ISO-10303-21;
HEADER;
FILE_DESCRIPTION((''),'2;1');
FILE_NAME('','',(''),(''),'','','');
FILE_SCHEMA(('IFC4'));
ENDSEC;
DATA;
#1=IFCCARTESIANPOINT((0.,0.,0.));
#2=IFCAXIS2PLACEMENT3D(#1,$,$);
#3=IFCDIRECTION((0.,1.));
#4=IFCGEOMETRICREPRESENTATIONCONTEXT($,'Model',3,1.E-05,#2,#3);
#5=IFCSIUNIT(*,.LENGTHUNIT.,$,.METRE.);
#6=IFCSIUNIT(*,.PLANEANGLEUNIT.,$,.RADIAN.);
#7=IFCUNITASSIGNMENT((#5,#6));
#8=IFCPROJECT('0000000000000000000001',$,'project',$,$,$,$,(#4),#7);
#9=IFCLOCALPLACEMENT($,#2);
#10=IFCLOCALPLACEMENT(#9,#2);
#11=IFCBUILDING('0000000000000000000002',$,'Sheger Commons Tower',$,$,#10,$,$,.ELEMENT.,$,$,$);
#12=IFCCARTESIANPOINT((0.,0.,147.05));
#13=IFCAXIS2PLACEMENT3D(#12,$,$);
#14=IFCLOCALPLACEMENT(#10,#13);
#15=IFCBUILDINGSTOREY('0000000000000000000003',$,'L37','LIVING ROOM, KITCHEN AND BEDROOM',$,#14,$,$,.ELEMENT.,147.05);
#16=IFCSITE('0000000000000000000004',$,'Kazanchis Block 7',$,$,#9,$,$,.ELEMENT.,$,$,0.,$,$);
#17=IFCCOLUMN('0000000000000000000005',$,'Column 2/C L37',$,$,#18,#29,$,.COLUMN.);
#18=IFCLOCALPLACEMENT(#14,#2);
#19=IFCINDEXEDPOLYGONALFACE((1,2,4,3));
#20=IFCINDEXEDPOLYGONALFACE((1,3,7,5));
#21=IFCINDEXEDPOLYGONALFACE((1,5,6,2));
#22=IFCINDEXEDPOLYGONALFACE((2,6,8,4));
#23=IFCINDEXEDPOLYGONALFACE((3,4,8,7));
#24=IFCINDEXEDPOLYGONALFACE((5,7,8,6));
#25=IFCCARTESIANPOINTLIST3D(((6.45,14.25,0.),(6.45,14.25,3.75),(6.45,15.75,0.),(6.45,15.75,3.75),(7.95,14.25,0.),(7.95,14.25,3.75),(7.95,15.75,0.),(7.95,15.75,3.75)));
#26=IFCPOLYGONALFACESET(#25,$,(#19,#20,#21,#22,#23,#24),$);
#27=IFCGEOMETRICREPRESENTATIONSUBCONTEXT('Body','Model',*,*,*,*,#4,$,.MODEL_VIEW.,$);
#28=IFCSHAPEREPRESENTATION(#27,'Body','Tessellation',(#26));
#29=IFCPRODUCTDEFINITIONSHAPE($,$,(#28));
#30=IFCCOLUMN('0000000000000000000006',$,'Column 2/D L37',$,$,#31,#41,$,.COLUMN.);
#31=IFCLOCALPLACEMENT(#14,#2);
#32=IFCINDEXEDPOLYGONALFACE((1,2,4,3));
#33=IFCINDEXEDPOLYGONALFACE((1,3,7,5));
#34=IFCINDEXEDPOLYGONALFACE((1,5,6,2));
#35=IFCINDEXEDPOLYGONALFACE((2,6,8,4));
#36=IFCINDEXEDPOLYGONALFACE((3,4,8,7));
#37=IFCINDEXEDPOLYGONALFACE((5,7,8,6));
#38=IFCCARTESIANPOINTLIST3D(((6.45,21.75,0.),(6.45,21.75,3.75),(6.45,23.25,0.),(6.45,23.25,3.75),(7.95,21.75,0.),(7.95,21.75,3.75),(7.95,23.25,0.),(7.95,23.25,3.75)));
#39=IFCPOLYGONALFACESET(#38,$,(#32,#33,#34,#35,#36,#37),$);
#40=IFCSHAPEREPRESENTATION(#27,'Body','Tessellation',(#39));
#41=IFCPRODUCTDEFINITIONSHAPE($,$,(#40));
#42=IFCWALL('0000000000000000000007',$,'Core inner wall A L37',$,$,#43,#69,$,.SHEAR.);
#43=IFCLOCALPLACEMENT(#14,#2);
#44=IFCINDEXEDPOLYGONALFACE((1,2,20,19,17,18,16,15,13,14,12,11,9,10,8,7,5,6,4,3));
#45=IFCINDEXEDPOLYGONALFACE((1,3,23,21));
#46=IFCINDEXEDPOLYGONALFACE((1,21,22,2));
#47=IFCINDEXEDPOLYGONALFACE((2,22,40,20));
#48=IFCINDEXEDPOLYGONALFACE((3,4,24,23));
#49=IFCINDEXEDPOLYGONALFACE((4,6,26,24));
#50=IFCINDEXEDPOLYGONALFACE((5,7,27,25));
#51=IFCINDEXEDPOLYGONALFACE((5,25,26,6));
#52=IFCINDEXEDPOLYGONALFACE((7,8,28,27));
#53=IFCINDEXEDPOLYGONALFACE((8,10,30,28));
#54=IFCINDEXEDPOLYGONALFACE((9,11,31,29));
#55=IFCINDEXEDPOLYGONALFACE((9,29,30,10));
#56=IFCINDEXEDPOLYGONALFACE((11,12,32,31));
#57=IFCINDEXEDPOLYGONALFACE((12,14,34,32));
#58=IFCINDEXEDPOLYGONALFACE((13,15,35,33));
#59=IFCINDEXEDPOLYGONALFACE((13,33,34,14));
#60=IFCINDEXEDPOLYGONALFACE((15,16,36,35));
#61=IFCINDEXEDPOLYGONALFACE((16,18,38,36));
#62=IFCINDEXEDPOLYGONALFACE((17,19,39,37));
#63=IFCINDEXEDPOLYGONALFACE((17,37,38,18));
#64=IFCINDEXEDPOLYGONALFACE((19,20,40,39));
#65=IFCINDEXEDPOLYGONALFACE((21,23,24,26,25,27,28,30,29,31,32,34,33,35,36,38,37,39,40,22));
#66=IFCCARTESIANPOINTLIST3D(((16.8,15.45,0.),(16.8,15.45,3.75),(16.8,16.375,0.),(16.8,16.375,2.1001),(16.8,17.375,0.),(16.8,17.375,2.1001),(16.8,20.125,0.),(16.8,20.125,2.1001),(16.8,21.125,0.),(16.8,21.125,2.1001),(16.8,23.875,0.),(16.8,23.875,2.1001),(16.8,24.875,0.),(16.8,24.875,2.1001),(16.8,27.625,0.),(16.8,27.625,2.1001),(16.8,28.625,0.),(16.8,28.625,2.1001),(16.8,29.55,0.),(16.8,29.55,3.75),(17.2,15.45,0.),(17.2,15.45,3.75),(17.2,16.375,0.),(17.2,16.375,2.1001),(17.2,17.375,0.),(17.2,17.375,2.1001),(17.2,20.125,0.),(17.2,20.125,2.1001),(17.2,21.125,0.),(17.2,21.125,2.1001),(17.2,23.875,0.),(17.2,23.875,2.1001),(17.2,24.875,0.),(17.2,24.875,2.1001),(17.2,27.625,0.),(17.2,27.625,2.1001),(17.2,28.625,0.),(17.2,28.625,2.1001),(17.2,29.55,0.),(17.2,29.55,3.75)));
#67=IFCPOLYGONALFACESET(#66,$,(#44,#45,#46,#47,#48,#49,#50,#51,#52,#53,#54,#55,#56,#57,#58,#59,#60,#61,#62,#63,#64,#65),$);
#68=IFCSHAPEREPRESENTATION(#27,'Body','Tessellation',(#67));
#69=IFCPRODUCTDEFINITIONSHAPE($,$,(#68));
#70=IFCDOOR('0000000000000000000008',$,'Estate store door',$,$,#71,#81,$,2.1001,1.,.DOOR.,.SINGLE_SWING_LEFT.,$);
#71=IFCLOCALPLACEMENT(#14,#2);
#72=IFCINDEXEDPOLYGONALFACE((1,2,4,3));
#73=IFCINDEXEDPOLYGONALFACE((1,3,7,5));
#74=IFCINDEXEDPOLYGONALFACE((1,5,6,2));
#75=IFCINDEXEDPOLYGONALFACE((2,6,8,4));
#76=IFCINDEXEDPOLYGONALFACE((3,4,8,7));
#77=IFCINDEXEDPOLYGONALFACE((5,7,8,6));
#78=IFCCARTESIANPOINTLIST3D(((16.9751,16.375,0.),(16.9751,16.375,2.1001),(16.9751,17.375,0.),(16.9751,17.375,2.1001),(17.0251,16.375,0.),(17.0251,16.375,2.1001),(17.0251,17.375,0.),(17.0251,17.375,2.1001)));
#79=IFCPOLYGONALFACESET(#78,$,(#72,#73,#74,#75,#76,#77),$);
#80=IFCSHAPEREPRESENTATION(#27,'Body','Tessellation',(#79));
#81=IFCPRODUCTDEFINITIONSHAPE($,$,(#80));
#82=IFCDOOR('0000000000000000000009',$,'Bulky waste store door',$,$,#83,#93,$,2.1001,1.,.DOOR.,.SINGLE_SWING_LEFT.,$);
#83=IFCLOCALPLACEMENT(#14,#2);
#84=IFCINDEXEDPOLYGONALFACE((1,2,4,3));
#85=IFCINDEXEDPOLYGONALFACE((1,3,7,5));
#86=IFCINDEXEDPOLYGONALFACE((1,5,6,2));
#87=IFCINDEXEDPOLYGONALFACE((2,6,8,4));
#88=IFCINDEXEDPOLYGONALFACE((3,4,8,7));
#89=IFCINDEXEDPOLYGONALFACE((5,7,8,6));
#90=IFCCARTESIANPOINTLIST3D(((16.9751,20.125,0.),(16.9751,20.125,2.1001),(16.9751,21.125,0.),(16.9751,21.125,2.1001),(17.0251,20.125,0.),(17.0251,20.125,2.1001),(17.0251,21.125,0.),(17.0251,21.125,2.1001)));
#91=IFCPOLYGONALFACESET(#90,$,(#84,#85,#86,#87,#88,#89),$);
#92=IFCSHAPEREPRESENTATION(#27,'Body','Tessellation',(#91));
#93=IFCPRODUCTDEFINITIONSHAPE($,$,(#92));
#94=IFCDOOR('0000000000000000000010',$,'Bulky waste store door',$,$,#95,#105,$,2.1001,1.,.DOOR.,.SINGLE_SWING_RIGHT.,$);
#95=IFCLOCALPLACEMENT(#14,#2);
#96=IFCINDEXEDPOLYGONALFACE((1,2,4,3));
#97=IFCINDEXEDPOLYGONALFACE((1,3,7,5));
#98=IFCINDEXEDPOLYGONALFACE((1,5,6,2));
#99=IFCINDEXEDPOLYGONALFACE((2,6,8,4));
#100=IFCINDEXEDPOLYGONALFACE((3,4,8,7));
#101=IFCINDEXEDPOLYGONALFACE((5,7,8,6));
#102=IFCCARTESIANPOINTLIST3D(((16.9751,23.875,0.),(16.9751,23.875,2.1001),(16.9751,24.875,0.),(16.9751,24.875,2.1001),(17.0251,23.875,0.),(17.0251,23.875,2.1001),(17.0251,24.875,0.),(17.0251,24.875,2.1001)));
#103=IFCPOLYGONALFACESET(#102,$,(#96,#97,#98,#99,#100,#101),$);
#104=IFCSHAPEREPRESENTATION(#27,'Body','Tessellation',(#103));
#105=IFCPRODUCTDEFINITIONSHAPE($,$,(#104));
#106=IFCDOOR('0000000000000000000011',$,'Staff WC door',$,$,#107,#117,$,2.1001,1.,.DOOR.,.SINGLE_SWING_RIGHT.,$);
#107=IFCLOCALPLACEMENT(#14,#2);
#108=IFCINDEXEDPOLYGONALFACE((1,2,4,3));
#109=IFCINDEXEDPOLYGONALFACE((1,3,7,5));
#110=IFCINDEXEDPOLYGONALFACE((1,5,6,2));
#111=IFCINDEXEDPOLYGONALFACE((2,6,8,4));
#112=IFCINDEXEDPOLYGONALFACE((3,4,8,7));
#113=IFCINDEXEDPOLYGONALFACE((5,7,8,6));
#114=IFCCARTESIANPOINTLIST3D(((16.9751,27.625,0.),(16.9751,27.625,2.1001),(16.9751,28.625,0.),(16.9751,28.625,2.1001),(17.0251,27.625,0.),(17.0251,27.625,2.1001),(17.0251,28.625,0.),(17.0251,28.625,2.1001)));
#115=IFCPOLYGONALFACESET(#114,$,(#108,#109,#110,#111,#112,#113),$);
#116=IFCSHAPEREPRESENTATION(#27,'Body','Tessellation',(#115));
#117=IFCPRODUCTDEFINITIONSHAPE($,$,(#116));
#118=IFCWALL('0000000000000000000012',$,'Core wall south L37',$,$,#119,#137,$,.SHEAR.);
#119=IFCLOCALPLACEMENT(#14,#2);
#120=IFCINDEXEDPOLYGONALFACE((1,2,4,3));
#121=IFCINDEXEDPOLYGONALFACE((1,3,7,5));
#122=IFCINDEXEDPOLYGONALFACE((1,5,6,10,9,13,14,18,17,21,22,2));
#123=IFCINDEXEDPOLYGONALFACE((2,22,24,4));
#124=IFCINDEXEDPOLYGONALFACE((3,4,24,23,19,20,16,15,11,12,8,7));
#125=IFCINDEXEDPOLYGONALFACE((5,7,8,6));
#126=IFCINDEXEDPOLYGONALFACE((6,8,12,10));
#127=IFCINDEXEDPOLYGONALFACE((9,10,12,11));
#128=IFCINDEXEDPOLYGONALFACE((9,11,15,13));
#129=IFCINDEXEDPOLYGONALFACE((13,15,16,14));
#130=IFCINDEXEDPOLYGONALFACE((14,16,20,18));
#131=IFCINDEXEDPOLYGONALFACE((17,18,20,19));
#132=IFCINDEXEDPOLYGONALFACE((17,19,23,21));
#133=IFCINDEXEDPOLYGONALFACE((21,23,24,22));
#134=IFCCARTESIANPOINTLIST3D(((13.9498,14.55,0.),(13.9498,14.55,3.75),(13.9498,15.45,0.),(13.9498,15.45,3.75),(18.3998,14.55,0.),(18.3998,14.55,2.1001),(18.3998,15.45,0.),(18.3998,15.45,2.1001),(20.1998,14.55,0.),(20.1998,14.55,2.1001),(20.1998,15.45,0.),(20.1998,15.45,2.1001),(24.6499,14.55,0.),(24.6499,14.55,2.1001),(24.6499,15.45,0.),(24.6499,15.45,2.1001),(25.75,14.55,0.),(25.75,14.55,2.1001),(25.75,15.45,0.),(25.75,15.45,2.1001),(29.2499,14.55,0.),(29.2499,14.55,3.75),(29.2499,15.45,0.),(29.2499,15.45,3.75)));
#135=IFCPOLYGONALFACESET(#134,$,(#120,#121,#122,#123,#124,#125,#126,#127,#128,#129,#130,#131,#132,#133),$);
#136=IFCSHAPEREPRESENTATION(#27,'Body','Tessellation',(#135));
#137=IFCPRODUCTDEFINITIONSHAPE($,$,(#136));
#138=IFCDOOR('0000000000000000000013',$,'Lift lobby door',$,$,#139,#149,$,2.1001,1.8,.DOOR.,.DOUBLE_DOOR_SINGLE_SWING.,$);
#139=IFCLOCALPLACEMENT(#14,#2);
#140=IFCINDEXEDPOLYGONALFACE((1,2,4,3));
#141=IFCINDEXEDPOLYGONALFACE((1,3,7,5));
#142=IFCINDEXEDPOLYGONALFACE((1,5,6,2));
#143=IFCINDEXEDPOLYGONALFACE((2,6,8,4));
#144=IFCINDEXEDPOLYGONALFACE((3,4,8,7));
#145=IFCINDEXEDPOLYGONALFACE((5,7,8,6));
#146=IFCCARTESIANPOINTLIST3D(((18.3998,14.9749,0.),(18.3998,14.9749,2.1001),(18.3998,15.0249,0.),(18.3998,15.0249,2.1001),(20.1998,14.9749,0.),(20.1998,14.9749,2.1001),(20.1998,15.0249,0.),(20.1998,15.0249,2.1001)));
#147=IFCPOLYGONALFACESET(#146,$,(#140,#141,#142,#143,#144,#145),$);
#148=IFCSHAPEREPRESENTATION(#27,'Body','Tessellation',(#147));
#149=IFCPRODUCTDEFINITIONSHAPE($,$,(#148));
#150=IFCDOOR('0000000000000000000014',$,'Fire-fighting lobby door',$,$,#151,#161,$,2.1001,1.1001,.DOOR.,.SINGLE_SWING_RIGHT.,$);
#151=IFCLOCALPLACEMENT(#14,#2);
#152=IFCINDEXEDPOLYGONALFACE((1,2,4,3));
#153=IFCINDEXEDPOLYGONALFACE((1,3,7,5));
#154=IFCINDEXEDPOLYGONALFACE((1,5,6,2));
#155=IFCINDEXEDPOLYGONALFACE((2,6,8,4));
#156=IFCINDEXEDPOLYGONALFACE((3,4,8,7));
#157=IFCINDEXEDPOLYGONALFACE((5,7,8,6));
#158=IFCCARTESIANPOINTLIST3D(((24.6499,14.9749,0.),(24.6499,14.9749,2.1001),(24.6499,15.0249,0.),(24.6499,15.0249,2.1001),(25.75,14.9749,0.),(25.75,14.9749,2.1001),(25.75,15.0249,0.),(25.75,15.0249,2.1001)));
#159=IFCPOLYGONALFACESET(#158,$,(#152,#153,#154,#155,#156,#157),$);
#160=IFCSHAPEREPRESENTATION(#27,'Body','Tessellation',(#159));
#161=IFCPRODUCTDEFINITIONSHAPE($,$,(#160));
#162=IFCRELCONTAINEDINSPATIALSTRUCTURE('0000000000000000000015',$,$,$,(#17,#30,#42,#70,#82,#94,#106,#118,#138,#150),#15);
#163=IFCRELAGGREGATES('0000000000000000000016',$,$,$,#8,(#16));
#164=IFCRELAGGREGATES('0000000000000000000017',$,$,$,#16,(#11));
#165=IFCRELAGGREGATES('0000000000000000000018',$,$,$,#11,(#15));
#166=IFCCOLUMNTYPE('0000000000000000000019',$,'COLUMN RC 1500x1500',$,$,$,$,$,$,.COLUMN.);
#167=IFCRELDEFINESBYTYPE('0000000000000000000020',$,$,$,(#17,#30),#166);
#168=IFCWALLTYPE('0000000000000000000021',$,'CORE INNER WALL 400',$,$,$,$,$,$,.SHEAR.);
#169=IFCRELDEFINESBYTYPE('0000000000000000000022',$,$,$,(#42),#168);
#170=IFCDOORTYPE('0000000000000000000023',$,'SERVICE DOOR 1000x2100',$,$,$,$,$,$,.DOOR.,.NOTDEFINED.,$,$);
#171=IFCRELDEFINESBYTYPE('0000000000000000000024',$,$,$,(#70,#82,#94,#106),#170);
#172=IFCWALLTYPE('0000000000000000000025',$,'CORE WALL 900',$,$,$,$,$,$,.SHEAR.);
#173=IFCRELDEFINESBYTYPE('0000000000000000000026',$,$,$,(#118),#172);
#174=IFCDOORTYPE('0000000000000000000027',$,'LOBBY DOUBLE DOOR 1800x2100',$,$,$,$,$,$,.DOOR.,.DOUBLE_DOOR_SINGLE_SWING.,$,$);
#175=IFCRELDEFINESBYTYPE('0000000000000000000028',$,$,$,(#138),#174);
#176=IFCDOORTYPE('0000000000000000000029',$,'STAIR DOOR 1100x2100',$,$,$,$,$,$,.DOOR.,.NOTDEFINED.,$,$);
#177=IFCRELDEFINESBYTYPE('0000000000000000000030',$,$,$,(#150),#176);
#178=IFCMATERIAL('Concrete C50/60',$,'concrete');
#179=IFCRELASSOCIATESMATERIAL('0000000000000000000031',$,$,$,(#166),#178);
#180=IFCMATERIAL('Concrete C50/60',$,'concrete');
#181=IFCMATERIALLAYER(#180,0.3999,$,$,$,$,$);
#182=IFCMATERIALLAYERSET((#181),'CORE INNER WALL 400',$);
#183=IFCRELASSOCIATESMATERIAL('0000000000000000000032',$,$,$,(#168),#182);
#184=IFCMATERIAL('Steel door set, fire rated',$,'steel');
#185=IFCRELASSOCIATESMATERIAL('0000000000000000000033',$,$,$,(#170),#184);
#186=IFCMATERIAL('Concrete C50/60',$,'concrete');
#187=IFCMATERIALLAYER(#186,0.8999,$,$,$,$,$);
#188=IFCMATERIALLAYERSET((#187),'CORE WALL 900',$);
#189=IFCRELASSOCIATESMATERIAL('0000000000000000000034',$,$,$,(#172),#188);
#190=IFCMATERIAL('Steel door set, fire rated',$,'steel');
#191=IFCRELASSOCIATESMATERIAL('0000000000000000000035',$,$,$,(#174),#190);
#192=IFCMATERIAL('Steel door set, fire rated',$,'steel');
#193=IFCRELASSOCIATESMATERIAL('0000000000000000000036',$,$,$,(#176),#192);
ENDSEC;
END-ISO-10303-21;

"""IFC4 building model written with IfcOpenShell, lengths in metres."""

from ifc_helpers import new_model, si_unit, direction, frame, frame_2d, origin, origin_2d, place, context, subcontext, project, spatial, rectangle, extrude, material, layer, layer_set, material_profile, profile_set, type_object, element, fill, save


model = new_model("IFC4")

# Units and contexts
model_context = context("Model", 3, precision=1e-05, world=origin(), true_north=direction((0.0, 1.0)))
body_context = subcontext(model_context, "Body", "Model", "MODEL_VIEW")
ifc_project = project(units=[si_unit("LENGTHUNIT", "METRE"), si_unit("PLANEANGLEUNIT", "RADIAN")], contexts=[model_context])

# Site, building, storey
site_placement = place(None, origin())
site = spatial("IfcSite", under=ifc_project, at=site_placement, Name="Kazanchis Block 7", CompositionType="ELEMENT", RefElevation=0.0)
building_placement = place(site_placement, origin())
building = spatial("IfcBuilding", under=site, at=building_placement, Name="Sheger Commons Tower", CompositionType="ELEMENT")
storey_placement = place(building_placement, frame((0.0, 0.0, 147.05)))
storey = spatial("IfcBuildingStorey", under=building, at=storey_placement, Name="L37", Description="LIVING ROOM, KITCHEN AND BEDROOM", CompositionType="ELEMENT", Elevation=147.05)

# Columns
ifc_material_1 = material(Name="Concrete C50/60", Category="concrete")
ifc_material_profile = material_profile(ifc_material_1, rectangle(XDim=1.5, YDim=1.5, at=origin_2d()), Name="RC 1500x1500")
ifc_profile_set = profile_set([ifc_material_profile], Name="Concrete C50/60")
column_type = type_object("IfcColumnType", Name="COLUMN RC 1500x1500", PredefinedType="COLUMN", material=ifc_profile_set)
for number, where, z_axis, x_axis, name in (
    (1, (7.2, 15.0, 0.0), (0.0, 0.0, 1.0), (1.0, 0.0, 0.0), "Column 2/C L37"),
    (2, (7.2, 22.5, 0.0), (0.0, 0.0, 1.0), (1.0, 0.0, 0.0), "Column 2/D L37"),
):
    element("IfcColumn", number, at=place(storey_placement, frame(where, z_axis=z_axis, x_axis=x_axis)), inside=storey, type_object=column_type, Name=name, PredefinedType="COLUMN", context=body_context, shape_type="SweptSolid", body=[
        extrude(rectangle(XDim=1.5, YDim=1.5, at=origin_2d()), origin(), (0.0, 0.0, 1.0), 3.75),
    ])

# Walls, openings, doors
ifc_material_2 = material(Name="Concrete C50/60", Category="concrete")
ifc_layer_1 = layer(ifc_material_2, 0.3999)
ifc_layer_set_1 = layer_set([ifc_layer_1], Name="CORE INNER WALL 400")
wall_type_1 = type_object("IfcWallType", Name="CORE INNER WALL 400", PredefinedType="SHEAR", material=ifc_layer_set_1)
wall_1_placement = place(storey_placement, frame((17.0, 15.45, 0.0), z_axis=(0.0, 0.0, 1.0), x_axis=(0.0, 1.0, 0.0)))
wall_1 = element("IfcWall", 3, at=wall_1_placement, inside=storey, type_object=wall_type_1, Name="Core inner wall A L37", PredefinedType="SHEAR", context=body_context, shape_type="SweptSolid", body=[
    extrude(rectangle(XDim=14.1001, YDim=0.3999, at=frame_2d((7.05, 0.0))), origin(), (0.0, 0.0, 1.0), 3.75),
])
opening_1_placement = place(wall_1_placement, frame((0.925, 0.0, 0.0)))
opening_1 = element("IfcOpeningElement", 4, at=opening_1_placement, cuts=wall_1, PredefinedType="OPENING", context=body_context, shape_type="SweptSolid", body=[
    extrude(rectangle(XDim=1.0, YDim=2.1001, at=frame_2d((0.5, 1.05))), frame((0.0, 0.21, 0.0), z_axis=(0.0, -1.0, 0.0), x_axis=(1.0, 0.0, 0.0)), (0.0, 0.0, 1.0), 0.4199),
])
opening_2_placement = place(wall_1_placement, frame((4.675, 0.0, 0.0)))
opening_2 = element("IfcOpeningElement", 5, at=opening_2_placement, cuts=wall_1, PredefinedType="OPENING", context=body_context, shape_type="SweptSolid", body=[
    extrude(rectangle(XDim=1.0, YDim=2.1001, at=frame_2d((0.5, 1.05))), frame((0.0, 0.21, 0.0), z_axis=(0.0, -1.0, 0.0), x_axis=(1.0, 0.0, 0.0)), (0.0, 0.0, 1.0), 0.4199),
])
opening_3_placement = place(wall_1_placement, frame((8.425, 0.0, 0.0)))
opening_3 = element("IfcOpeningElement", 6, at=opening_3_placement, cuts=wall_1, PredefinedType="OPENING", context=body_context, shape_type="SweptSolid", body=[
    extrude(rectangle(XDim=1.0, YDim=2.1001, at=frame_2d((0.5, 1.05))), frame((0.0, 0.21, 0.0), z_axis=(0.0, -1.0, 0.0), x_axis=(1.0, 0.0, 0.0)), (0.0, 0.0, 1.0), 0.4199),
])
opening_4_placement = place(wall_1_placement, frame((12.175, 0.0, 0.0)))
opening_4 = element("IfcOpeningElement", 7, at=opening_4_placement, cuts=wall_1, PredefinedType="OPENING", context=body_context, shape_type="SweptSolid", body=[
    extrude(rectangle(XDim=1.0, YDim=2.1001, at=frame_2d((0.5, 1.05))), frame((0.0, 0.21, 0.0), z_axis=(0.0, -1.0, 0.0), x_axis=(1.0, 0.0, 0.0)), (0.0, 0.0, 1.0), 0.4199),
])
ifc_material_3 = material(Name="Steel door set, fire rated", Category="steel")
door_type_1 = type_object("IfcDoorType", Name="SERVICE DOOR 1000x2100", OperationType="NOTDEFINED", PredefinedType="DOOR", material=ifc_material_3)
door_1_placement = place(opening_1_placement, origin())
door_1 = element("IfcDoor", 8, at=door_1_placement, inside=storey, type_object=door_type_1, Name="Estate store door", OperationType="SINGLE_SWING_LEFT", OverallHeight=2.1001, OverallWidth=1.0, PredefinedType="DOOR", context=body_context, shape_type="SweptSolid", body=[
    extrude(rectangle(XDim=1.0, YDim=2.1001, at=frame_2d((0.5, 1.05))), frame((0.0, 0.0249, 0.0), z_axis=(0.0, -1.0, 0.0), x_axis=(1.0, 0.0, 0.0)), (0.0, 0.0, 1.0), 0.05),
])
fill(opening_1, door_1)
door_2_placement = place(opening_2_placement, origin())
door_2 = element("IfcDoor", 9, at=door_2_placement, inside=storey, type_object=door_type_1, Name="Bulky waste store door", OperationType="SINGLE_SWING_LEFT", OverallHeight=2.1001, OverallWidth=1.0, PredefinedType="DOOR", context=body_context, shape_type="SweptSolid", body=[
    extrude(rectangle(XDim=1.0, YDim=2.1001, at=frame_2d((0.5, 1.05))), frame((0.0, 0.0249, 0.0), z_axis=(0.0, -1.0, 0.0), x_axis=(1.0, 0.0, 0.0)), (0.0, 0.0, 1.0), 0.05),
])
fill(opening_2, door_2)
door_3_placement = place(opening_3_placement, origin())
door_3 = element("IfcDoor", 10, at=door_3_placement, inside=storey, type_object=door_type_1, Name="Bulky waste store door", OperationType="SINGLE_SWING_RIGHT", OverallHeight=2.1001, OverallWidth=1.0, PredefinedType="DOOR", context=body_context, shape_type="SweptSolid", body=[
    extrude(rectangle(XDim=1.0, YDim=2.1001, at=frame_2d((0.5, 1.05))), frame((0.0, 0.0249, 0.0), z_axis=(0.0, -1.0, 0.0), x_axis=(1.0, 0.0, 0.0)), (0.0, 0.0, 1.0), 0.05),
])
fill(opening_3, door_3)
door_4_placement = place(opening_4_placement, origin())
door_4 = element("IfcDoor", 11, at=door_4_placement, inside=storey, type_object=door_type_1, Name="Staff WC door", OperationType="SINGLE_SWING_RIGHT", OverallHeight=2.1001, OverallWidth=1.0, PredefinedType="DOOR", context=body_context, shape_type="SweptSolid", body=[
    extrude(rectangle(XDim=1.0, YDim=2.1001, at=frame_2d((0.5, 1.05))), frame((0.0, 0.0249, 0.0), z_axis=(0.0, -1.0, 0.0), x_axis=(1.0, 0.0, 0.0)), (0.0, 0.0, 1.0), 0.05),
])
fill(opening_4, door_4)
ifc_material_4 = material(Name="Concrete C50/60", Category="concrete")
ifc_layer_2 = layer(ifc_material_4, 0.8999)
ifc_layer_set_2 = layer_set([ifc_layer_2], Name="CORE WALL 900")
wall_type_2 = type_object("IfcWallType", Name="CORE WALL 900", PredefinedType="SHEAR", material=ifc_layer_set_2)
wall_2_placement = place(storey_placement, frame((13.95, 15.0, 0.0), z_axis=(0.0, 0.0, 1.0), x_axis=(1.0, 0.0, 0.0)))
wall_2 = element("IfcWall", 12, at=wall_2_placement, inside=storey, type_object=wall_type_2, Name="Core wall south L37", PredefinedType="SHEAR", context=body_context, shape_type="SweptSolid", body=[
    extrude(rectangle(XDim=15.3, YDim=0.8999, at=frame_2d((7.6499, 0.0))), origin(), (0.0, 0.0, 1.0), 3.75),
])
opening_5_placement = place(wall_2_placement, frame((4.45, 0.0, 0.0)))
opening_5 = element("IfcOpeningElement", 13, at=opening_5_placement, cuts=wall_2, PredefinedType="OPENING", context=body_context, shape_type="SweptSolid", body=[
    extrude(rectangle(XDim=1.8, YDim=2.1001, at=frame_2d((0.8999, 1.05))), frame((0.0, 0.46, 0.0), z_axis=(0.0, -1.0, 0.0), x_axis=(1.0, 0.0, 0.0)), (0.0, 0.0, 1.0), 0.9199),
])
opening_6_placement = place(wall_2_placement, frame((10.7, 0.0, 0.0)))
opening_6 = element("IfcOpeningElement", 14, at=opening_6_placement, cuts=wall_2, PredefinedType="OPENING", context=body_context, shape_type="SweptSolid", body=[
    extrude(rectangle(XDim=1.1001, YDim=2.1001, at=frame_2d((0.55, 1.05))), frame((0.0, 0.46, 0.0), z_axis=(0.0, -1.0, 0.0), x_axis=(1.0, 0.0, 0.0)), (0.0, 0.0, 1.0), 0.9199),
])
ifc_material_5 = material(Name="Steel door set, fire rated", Category="steel")
door_type_2 = type_object("IfcDoorType", Name="LOBBY DOUBLE DOOR 1800x2100", OperationType="DOUBLE_DOOR_SINGLE_SWING", PredefinedType="DOOR", material=ifc_material_5)
door_5_placement = place(opening_5_placement, origin())
door_5 = element("IfcDoor", 15, at=door_5_placement, inside=storey, type_object=door_type_2, Name="Lift lobby door", OperationType="DOUBLE_DOOR_SINGLE_SWING", OverallHeight=2.1001, OverallWidth=1.8, PredefinedType="DOOR", context=body_context, shape_type="SweptSolid", body=[
    extrude(rectangle(XDim=1.8, YDim=2.1001, at=frame_2d((0.8999, 1.05))), frame((0.0, 0.0249, 0.0), z_axis=(0.0, -1.0, 0.0), x_axis=(1.0, 0.0, 0.0)), (0.0, 0.0, 1.0), 0.05),
])
fill(opening_5, door_5)
ifc_material_6 = material(Name="Steel door set, fire rated", Category="steel")
door_type_3 = type_object("IfcDoorType", Name="STAIR DOOR 1100x2100", OperationType="NOTDEFINED", PredefinedType="DOOR", material=ifc_material_6)
door_6_placement = place(opening_6_placement, origin())
door_6 = element("IfcDoor", 16, at=door_6_placement, inside=storey, type_object=door_type_3, Name="Fire-fighting lobby door", OperationType="SINGLE_SWING_RIGHT", OverallHeight=2.1001, OverallWidth=1.1001, PredefinedType="DOOR", context=body_context, shape_type="SweptSolid", body=[
    extrude(rectangle(XDim=1.1001, YDim=2.1001, at=frame_2d((0.55, 1.05))), frame((0.0, 0.0249, 0.0), z_axis=(0.0, -1.0, 0.0), x_axis=(1.0, 0.0, 0.0)), (0.0, 0.0, 1.0), 0.05),
])
fill(opening_6, door_6)

save(model, "model.ifc")
